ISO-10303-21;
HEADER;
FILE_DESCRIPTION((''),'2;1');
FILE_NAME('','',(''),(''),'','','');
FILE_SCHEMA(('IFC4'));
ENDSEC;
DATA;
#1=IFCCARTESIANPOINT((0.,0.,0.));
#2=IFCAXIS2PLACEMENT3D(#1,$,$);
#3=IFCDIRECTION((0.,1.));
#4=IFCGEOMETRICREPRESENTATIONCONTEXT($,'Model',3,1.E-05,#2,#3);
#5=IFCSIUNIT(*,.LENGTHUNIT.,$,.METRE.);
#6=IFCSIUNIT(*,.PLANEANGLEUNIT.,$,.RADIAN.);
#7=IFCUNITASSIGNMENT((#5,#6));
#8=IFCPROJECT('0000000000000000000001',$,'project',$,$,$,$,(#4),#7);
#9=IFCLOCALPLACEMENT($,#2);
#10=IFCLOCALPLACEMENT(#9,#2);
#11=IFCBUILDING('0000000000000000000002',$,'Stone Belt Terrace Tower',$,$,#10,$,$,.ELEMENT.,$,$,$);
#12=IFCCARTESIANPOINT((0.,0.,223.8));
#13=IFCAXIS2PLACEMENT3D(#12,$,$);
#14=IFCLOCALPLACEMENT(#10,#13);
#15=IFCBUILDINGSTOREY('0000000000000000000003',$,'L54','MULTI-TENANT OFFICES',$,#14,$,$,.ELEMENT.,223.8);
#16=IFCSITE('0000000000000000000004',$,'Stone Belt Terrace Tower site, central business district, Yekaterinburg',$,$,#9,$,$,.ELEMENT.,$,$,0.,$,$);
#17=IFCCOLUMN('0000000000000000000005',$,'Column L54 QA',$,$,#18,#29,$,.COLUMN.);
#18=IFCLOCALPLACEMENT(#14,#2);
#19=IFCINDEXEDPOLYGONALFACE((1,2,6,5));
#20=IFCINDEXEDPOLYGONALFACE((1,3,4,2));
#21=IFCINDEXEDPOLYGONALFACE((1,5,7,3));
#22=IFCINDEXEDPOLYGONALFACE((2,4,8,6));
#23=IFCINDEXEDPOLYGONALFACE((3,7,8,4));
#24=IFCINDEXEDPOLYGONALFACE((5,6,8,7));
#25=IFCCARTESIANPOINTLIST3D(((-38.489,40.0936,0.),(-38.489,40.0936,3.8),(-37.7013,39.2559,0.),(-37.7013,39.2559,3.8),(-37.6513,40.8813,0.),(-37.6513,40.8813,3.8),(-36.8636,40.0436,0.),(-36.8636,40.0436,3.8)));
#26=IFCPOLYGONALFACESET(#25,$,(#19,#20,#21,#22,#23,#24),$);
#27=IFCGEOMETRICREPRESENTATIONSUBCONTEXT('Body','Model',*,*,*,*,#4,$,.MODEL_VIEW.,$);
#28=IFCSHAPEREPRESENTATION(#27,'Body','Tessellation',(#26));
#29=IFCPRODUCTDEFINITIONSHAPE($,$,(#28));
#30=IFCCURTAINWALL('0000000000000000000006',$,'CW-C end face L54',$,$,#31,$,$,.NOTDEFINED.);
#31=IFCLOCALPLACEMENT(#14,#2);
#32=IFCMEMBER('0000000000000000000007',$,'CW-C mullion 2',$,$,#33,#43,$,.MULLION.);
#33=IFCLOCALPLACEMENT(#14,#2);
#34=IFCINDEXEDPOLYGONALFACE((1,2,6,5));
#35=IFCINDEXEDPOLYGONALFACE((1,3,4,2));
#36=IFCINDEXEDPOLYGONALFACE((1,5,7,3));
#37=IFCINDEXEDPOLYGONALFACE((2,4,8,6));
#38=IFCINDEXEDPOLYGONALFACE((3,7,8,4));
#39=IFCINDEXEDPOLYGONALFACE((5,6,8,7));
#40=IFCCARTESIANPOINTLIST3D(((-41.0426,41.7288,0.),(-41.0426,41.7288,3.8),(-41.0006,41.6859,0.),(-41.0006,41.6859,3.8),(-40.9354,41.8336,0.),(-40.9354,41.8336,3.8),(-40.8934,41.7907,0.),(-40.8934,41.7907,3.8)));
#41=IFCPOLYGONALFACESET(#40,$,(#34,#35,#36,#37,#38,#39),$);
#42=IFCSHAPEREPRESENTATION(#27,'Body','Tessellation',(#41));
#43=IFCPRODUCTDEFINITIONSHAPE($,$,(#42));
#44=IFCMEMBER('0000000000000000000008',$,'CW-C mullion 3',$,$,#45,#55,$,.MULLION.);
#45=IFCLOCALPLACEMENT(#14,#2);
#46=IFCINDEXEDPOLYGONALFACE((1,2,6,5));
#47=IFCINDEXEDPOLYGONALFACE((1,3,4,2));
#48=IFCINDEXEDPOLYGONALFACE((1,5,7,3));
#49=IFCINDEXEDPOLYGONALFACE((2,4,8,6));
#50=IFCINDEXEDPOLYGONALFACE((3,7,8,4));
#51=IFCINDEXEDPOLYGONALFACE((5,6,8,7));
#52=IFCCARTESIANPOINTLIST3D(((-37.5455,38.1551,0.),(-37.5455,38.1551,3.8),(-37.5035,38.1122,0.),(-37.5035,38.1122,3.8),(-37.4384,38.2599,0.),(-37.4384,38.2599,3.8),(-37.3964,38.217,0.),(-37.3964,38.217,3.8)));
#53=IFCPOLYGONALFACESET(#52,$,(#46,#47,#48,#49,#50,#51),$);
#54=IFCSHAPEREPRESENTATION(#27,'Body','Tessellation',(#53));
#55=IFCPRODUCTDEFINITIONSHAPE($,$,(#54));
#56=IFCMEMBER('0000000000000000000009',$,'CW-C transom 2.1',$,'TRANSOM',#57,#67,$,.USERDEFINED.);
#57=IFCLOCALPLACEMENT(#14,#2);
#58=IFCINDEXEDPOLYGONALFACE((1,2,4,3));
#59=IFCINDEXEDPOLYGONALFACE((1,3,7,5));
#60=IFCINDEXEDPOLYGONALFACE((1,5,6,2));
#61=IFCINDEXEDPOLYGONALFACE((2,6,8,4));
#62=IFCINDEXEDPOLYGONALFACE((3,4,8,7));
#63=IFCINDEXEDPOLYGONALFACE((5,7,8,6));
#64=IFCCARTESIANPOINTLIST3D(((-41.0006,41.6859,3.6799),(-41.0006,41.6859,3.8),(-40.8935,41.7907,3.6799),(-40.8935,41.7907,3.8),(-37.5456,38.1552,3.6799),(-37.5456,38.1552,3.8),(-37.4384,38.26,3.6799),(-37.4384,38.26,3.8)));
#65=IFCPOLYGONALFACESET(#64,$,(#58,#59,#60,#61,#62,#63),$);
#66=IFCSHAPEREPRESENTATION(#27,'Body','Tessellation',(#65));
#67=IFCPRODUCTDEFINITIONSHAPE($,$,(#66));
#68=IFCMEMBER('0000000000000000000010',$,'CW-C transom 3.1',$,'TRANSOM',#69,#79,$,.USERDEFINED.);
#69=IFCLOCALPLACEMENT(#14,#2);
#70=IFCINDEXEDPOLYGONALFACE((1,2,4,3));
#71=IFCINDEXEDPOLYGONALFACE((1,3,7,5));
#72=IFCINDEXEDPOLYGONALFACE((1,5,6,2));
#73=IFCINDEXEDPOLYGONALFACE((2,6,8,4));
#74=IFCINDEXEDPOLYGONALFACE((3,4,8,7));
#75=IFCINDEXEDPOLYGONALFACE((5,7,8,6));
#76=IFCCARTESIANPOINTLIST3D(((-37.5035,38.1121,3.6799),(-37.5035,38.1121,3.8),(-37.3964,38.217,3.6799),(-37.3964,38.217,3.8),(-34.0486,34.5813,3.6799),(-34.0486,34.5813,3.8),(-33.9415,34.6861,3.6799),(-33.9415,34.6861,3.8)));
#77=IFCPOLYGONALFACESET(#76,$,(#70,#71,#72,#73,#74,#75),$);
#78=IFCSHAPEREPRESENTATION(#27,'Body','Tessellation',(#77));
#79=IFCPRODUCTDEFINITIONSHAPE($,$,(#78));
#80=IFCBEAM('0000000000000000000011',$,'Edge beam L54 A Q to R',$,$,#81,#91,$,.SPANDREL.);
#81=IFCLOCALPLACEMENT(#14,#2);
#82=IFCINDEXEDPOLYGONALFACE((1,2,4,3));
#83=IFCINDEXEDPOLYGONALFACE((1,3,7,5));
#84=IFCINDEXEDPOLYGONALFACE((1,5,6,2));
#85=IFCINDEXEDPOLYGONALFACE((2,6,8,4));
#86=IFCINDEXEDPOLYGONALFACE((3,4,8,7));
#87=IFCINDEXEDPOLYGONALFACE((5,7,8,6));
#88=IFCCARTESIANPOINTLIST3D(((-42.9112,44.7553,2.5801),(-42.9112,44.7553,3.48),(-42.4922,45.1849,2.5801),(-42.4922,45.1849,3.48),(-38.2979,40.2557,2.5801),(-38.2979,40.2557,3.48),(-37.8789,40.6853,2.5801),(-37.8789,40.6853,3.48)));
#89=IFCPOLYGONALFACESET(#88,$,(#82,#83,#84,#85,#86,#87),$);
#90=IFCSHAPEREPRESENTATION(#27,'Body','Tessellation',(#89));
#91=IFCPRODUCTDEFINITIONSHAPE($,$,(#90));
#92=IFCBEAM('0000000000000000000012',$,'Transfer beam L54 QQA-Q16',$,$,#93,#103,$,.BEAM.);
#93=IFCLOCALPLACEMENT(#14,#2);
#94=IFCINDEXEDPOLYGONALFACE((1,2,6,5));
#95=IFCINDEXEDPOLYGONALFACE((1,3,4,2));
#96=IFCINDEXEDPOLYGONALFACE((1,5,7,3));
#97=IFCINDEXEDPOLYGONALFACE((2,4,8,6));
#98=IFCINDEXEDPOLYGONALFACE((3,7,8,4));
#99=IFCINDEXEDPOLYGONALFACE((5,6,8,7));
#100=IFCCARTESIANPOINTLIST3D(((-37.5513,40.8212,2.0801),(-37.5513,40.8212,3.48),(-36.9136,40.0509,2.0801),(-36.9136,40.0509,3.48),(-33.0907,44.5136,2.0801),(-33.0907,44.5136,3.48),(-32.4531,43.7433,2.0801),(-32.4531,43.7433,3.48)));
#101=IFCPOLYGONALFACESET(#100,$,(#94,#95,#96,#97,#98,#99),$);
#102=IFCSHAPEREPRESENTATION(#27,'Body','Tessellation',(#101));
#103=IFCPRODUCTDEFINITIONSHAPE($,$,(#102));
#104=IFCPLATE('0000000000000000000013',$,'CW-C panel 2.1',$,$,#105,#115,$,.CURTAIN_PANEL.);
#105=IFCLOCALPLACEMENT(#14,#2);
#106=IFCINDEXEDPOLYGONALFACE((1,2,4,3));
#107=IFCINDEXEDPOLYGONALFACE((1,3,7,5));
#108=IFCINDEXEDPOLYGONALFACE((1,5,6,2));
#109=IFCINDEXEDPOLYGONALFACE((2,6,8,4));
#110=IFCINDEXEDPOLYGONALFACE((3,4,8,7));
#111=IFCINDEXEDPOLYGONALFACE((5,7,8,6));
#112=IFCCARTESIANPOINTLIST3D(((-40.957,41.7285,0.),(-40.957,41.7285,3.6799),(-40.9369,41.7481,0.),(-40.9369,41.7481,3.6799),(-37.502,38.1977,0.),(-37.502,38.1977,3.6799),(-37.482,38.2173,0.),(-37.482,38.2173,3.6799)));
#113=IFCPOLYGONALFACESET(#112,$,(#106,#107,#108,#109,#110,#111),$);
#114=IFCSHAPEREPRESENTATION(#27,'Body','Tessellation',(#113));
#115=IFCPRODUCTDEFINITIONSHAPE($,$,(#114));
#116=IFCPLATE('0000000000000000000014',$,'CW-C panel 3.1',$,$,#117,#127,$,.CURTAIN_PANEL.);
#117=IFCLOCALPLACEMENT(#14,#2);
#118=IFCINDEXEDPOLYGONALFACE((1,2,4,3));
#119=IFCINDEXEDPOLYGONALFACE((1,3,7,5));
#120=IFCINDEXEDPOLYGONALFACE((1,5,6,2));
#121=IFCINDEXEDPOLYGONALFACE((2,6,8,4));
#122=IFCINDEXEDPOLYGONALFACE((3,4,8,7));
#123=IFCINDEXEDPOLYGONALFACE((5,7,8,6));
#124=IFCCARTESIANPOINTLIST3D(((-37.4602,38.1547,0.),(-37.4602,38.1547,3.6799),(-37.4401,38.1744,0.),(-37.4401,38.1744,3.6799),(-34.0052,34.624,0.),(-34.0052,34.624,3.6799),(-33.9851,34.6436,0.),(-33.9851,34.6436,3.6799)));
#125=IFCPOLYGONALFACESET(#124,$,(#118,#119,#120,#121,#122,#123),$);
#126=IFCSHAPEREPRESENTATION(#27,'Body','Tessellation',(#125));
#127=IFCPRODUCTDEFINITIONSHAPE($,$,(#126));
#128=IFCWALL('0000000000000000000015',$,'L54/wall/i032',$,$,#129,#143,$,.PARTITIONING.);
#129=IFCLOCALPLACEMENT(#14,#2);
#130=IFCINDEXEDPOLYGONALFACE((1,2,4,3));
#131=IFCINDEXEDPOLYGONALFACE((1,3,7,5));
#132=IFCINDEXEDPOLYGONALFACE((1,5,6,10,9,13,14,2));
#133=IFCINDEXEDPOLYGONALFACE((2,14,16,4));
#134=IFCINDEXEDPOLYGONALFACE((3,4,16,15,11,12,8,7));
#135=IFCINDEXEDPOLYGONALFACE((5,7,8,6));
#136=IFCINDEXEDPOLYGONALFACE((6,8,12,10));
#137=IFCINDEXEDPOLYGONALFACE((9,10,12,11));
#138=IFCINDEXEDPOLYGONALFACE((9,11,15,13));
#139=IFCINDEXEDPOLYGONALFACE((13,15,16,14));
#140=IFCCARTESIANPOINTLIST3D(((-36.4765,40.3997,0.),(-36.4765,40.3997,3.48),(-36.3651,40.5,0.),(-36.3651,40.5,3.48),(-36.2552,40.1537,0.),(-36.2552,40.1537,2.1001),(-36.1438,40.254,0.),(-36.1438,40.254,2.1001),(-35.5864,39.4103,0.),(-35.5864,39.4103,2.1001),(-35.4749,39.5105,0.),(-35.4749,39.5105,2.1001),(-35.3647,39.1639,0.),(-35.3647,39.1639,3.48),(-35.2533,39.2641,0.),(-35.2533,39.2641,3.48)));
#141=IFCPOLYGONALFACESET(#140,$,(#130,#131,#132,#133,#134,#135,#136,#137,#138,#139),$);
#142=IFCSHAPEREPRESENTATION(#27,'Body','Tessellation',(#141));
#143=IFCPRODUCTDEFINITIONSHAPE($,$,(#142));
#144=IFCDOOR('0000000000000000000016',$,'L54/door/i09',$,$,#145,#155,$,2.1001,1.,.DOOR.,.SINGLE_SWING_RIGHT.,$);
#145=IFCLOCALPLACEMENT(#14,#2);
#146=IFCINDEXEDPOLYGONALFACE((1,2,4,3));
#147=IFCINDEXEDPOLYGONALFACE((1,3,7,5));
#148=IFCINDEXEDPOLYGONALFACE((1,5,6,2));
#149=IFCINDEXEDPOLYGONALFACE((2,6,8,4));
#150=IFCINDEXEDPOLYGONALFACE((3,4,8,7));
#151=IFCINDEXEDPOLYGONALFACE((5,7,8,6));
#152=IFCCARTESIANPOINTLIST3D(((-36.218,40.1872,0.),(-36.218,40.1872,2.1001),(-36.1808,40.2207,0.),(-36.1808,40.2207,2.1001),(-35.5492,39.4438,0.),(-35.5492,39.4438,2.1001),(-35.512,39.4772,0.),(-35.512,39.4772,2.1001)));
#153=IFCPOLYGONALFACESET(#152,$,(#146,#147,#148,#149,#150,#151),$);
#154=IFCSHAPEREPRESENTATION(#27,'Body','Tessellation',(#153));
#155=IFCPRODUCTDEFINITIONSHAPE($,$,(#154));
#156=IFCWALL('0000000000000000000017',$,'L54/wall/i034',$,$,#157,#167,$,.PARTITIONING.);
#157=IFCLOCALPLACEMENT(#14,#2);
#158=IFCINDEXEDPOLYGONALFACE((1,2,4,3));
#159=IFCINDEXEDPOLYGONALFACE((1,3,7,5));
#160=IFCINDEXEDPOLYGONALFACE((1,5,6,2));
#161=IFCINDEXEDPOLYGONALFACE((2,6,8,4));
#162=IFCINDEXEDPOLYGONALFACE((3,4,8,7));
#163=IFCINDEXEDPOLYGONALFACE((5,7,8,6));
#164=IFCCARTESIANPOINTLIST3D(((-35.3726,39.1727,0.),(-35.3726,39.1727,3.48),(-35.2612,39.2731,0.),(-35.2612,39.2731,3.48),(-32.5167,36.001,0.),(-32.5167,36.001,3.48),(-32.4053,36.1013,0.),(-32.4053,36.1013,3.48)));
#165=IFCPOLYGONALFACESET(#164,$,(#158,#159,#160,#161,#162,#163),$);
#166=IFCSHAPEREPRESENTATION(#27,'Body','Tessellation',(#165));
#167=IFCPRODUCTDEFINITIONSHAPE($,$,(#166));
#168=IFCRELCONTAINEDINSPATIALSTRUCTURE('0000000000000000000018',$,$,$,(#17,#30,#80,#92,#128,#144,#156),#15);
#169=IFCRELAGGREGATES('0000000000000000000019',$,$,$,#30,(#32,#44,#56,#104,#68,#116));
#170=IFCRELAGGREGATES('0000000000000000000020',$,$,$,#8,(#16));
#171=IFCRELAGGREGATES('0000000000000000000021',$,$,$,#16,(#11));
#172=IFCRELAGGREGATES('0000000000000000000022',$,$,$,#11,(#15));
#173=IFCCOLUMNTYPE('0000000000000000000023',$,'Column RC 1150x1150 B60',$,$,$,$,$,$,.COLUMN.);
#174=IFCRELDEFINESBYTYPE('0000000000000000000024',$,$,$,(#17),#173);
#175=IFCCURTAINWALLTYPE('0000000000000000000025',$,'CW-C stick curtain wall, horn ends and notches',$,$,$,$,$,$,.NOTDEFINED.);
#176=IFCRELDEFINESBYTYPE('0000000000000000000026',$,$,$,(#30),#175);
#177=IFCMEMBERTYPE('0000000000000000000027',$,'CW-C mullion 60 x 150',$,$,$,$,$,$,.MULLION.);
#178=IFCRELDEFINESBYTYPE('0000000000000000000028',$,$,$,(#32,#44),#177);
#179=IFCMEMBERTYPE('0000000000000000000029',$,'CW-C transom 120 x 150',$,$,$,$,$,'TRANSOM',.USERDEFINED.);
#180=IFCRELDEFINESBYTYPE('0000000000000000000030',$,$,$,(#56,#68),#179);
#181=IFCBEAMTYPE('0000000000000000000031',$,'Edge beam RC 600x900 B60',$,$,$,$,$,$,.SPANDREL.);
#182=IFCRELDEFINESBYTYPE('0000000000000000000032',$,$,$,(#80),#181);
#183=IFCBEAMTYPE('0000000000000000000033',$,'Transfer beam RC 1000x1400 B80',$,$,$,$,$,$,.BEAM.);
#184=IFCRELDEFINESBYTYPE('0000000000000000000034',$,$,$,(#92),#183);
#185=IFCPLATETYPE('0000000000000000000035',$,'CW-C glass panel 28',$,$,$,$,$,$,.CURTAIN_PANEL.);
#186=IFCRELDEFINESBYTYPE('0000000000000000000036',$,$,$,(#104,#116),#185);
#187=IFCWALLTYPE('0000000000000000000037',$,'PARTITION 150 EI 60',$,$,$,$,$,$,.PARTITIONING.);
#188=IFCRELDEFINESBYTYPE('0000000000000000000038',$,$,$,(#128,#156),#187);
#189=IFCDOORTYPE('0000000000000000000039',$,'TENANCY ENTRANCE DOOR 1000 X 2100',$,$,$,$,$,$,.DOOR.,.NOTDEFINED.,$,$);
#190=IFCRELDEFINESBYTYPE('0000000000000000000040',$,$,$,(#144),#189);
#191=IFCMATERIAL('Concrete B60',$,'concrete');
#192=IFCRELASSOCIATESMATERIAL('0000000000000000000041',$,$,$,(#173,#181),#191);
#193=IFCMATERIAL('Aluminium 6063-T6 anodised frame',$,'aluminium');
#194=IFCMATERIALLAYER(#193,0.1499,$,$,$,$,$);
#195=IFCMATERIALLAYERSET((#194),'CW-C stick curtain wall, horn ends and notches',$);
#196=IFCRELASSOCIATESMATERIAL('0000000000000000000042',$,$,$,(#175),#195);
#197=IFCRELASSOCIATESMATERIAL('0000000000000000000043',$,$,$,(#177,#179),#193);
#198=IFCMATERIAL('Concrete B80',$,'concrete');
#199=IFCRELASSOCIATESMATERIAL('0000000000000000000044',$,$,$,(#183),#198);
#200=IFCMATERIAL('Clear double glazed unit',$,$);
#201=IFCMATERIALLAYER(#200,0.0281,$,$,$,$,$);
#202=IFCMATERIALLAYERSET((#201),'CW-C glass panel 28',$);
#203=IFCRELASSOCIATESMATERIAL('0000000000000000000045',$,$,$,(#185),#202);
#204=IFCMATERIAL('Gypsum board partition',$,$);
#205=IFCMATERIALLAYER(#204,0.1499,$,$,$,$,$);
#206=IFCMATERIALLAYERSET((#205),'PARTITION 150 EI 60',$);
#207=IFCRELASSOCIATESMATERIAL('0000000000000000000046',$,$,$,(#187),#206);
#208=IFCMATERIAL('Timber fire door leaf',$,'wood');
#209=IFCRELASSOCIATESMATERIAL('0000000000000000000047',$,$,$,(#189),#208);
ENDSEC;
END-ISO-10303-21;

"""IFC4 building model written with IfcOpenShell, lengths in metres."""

from ifc_helpers import new_model, si_unit, direction, frame, frame_2d, origin, origin_2d, place, context, subcontext, project, spatial, rectangle, extrude, material, layer, layer_set, material_profile, profile_set, type_object, element, fill, aggregate, save


model = new_model("IFC4")

# Units and contexts
model_context = context("Model", 3, precision=1e-05, world=origin(), true_north=direction((0.0, 1.0)))
body_context = subcontext(model_context, "Body", "Model", "MODEL_VIEW")
ifc_project = project(units=[si_unit("LENGTHUNIT", "METRE"), si_unit("PLANEANGLEUNIT", "RADIAN")], contexts=[model_context])

# Site, building, storey
site_placement = place(None, origin())
site = spatial("IfcSite", under=ifc_project, at=site_placement, Name="Stone Belt Terrace Tower site, central business district, Yekaterinburg", CompositionType="ELEMENT", RefElevation=0.0)
building_placement = place(site_placement, origin())
building = spatial("IfcBuilding", under=site, at=building_placement, Name="Stone Belt Terrace Tower", CompositionType="ELEMENT")
storey_placement = place(building_placement, frame((0.0, 0.0, 223.8)))
storey = spatial("IfcBuildingStorey", under=building, at=storey_placement, Name="L54", Description="MULTI-TENANT OFFICES", CompositionType="ELEMENT", Elevation=223.8)

# Column
ifc_material_1 = material(Name="Concrete B60", Category="concrete")
ifc_material_profile_1 = material_profile(ifc_material_1, rectangle(XDim=1.1499, YDim=1.1499, at=origin_2d()), Name="RC 1150x1150")
ifc_profile_set_1 = profile_set([ifc_material_profile_1], Name="Concrete B60")
column_type = type_object("IfcColumnType", Name="Column RC 1150x1150 B60", PredefinedType="COLUMN", material=ifc_profile_set_1)
column_placement = place(storey_placement, frame((-37.6763, 40.0686, 0.0), z_axis=(0.0, 0.0, 1.0), x_axis=(0.72852, 0.685024, 0.0)))
element("IfcColumn", 1, at=column_placement, inside=storey, type_object=column_type, Name="Column L54 QA", PredefinedType="COLUMN", context=body_context, shape_type="SweptSolid", body=[
    extrude(rectangle(XDim=1.1499, YDim=1.1499, at=origin_2d()), origin(), (0.0, 0.0, 1.0), 3.8),
])

# Curtain wall, members
ifc_material_2 = material(Name="Aluminium 6063-T6 anodised frame", Category="aluminium")
ifc_layer_1 = layer(ifc_material_2, 0.1499)
ifc_layer_set_1 = layer_set([ifc_layer_1], Name="CW-C stick curtain wall, horn ends and notches")
curtain_wall_type = type_object("IfcCurtainWallType", Name="CW-C stick curtain wall, horn ends and notches", PredefinedType="NOTDEFINED", material=ifc_layer_set_1)
curtain_wall_placement = place(storey_placement, origin())
curtain_wall = element("IfcCurtainWall", 2, at=curtain_wall_placement, inside=storey, type_object=curtain_wall_type, Name="CW-C end face L54", PredefinedType="NOTDEFINED")
ifc_material_profile_2 = material_profile(ifc_material_2, rectangle(XDim=0.1499, YDim=0.0601, at=origin_2d()), Name="Aluminium 6063-T6 60x150")
ifc_profile_set_2 = profile_set([ifc_material_profile_2], Name="Aluminium 6063-T6 anodised frame")
member_type_1 = type_object("IfcMemberType", Name="CW-C mullion 60 x 150", PredefinedType="MULLION", material=ifc_profile_set_2)
member_1_placement = place(storey_placement, frame((-40.968, 41.7598, 0.0), z_axis=(0.0, 0.0, 1.0), x_axis=(0.714739, 0.699391, 0.0)))
member_1 = element("IfcMember", 3, at=member_1_placement, type_object=member_type_1, Name="CW-C mullion 2", PredefinedType="MULLION", context=body_context, shape_type="SweptSolid", body=[
    extrude(rectangle(XDim=0.1499, YDim=0.0601, at=origin_2d()), origin(), (0.0, 0.0, 1.0), 3.8),
])
member_2_placement = place(storey_placement, frame((-37.4709, 38.186, 0.0), z_axis=(0.0, 0.0, 1.0), x_axis=(0.714739, 0.699391, 0.0)))
member_2 = element("IfcMember", 4, at=member_2_placement, type_object=member_type_1, Name="CW-C mullion 3", PredefinedType="MULLION", context=body_context, shape_type="SweptSolid", body=[
    extrude(rectangle(XDim=0.1499, YDim=0.0601, at=origin_2d()), origin(), (0.0, 0.0, 1.0), 3.8),
])
ifc_material_profile_3 = material_profile(ifc_material_2, rectangle(XDim=0.1499, YDim=0.1201, at=origin_2d()), Name="Aluminium 6063-T6 150x120")
ifc_profile_set_3 = profile_set([ifc_material_profile_3], Name="Aluminium 6063-T6 anodised frame")
member_type_2 = type_object("IfcMemberType", Name="CW-C transom 120 x 150", ElementType="TRANSOM", PredefinedType="USERDEFINED", material=ifc_profile_set_3)
member_3_placement = place(storey_placement, frame((-40.947, 41.7383, 3.74), z_axis=(0.699405, -0.714726, 0.0), x_axis=(0.714726, 0.699405, 0.0)))
member_3 = element("IfcMember", 5, at=member_3_placement, type_object=member_type_2, Name="CW-C transom 2.1", ObjectType="TRANSOM", PredefinedType="USERDEFINED", context=body_context, shape_type="SweptSolid", body=[
    extrude(rectangle(XDim=0.1499, YDim=0.1201, at=origin_2d()), origin(), (0.0, 0.0, 1.0), 4.9399),
])
member_4_placement = place(storey_placement, frame((-37.45, 38.1646, 3.74), z_axis=(0.69938, -0.71475, 0.0), x_axis=(0.71475, 0.69938, 0.0)))
member_4 = element("IfcMember", 6, at=member_4_placement, type_object=member_type_2, Name="CW-C transom 3.1", ObjectType="TRANSOM", PredefinedType="USERDEFINED", context=body_context, shape_type="SweptSolid", body=[
    extrude(rectangle(XDim=0.1499, YDim=0.1201, at=origin_2d()), origin(), (0.0, 0.0, 1.0), 4.9399),
])

# Beams
ifc_material_profile_4 = material_profile(ifc_material_1, rectangle(XDim=0.6001, YDim=0.8999, at=origin_2d()), Name="RC 600x900")
ifc_profile_set_4 = profile_set([ifc_material_profile_4], Name="Concrete B60")
beam_type_1 = type_object("IfcBeamType", Name="Edge beam RC 600x900 B60", PredefinedType="SPANDREL", material=ifc_profile_set_4)
beam_1_placement = place(storey_placement, frame((-38.0884, 40.4705, 3.03), z_axis=(-0.715879, 0.698224, 0.0), x_axis=(-0.698224, -0.715879, 0.0)))
element("IfcBeam", 7, at=beam_1_placement, inside=storey, type_object=beam_type_1, Name="Edge beam L54 A Q to R", PredefinedType="SPANDREL", context=body_context, shape_type="SweptSolid", body=[
    extrude(rectangle(XDim=0.6001, YDim=0.8999, at=origin_2d()), origin(), (0.0, 0.0, 1.0), 6.4443),
])
ifc_material_3 = material(Name="Concrete B80", Category="concrete")
ifc_material_profile_5 = material_profile(ifc_material_3, rectangle(XDim=1.0, YDim=1.3999, at=origin_2d()), Name="RC 1000x1400")
ifc_profile_set_5 = profile_set([ifc_material_profile_5], Name="Concrete B80")
beam_type_2 = type_object("IfcBeamType", Name="Transfer beam RC 1000x1400 B80", PredefinedType="BEAM", material=ifc_profile_set_5)
beam_2_placement = place(storey_placement, frame((-37.2324, 40.436, 2.78), z_axis=(0.770311, 0.637668, 0.0), x_axis=(-0.637668, 0.770311, 0.0)))
element("IfcBeam", 8, at=beam_2_placement, inside=storey, type_object=beam_type_2, Name="Transfer beam L54 QQA-Q16", PredefinedType="BEAM", context=body_context, shape_type="SweptSolid", body=[
    extrude(rectangle(XDim=1.0, YDim=1.3999, at=origin_2d()), origin(), (0.0, 0.0, 1.0), 5.7905),
])

# Plates
ifc_material_4 = material(Name="Clear double glazed unit")
ifc_layer_2 = layer(ifc_material_4, 0.0281)
ifc_layer_set_2 = layer_set([ifc_layer_2], Name="CW-C glass panel 28")
plate_type = type_object("IfcPlateType", Name="CW-C glass panel 28", PredefinedType="CURTAIN_PANEL", material=ifc_layer_set_2)
plate_1_placement = place(storey_placement, frame((-39.2195, 39.9729, 0.0), z_axis=(0.0, 0.0, 1.0), x_axis=(0.699391, -0.714739, 0.0)))
plate_1 = element("IfcPlate", 9, at=plate_1_placement, type_object=plate_type, Name="CW-C panel 2.1", PredefinedType="CURTAIN_PANEL", context=body_context, shape_type="SweptSolid", body=[
    extrude(rectangle(XDim=4.9399, YDim=0.0281, at=origin_2d()), origin(), (0.0, 0.0, 1.0), 3.6799),
])
plate_2_placement = place(storey_placement, frame((-35.7227, 36.3992, 0.0), z_axis=(0.0, 0.0, 1.0), x_axis=(0.699391, -0.714739, 0.0)))
plate_2 = element("IfcPlate", 10, at=plate_2_placement, type_object=plate_type, Name="CW-C panel 3.1", PredefinedType="CURTAIN_PANEL", context=body_context, shape_type="SweptSolid", body=[
    extrude(rectangle(XDim=4.9399, YDim=0.0281, at=origin_2d()), origin(), (0.0, 0.0, 1.0), 3.6799),
])
aggregate(curtain_wall, [member_1, member_2, member_3, plate_1, member_4, plate_2])

# Wall, opening, door
ifc_material_5 = material(Name="Gypsum board partition")
ifc_layer_3 = layer(ifc_material_5, 0.1499)
ifc_layer_set_3 = layer_set([ifc_layer_3], Name="PARTITION 150 EI 60")
wall_type = type_object("IfcWallType", Name="PARTITION 150 EI 60", PredefinedType="PARTITIONING", material=ifc_layer_set_3)
wall_1_placement = place(storey_placement, frame((-35.3091, 39.2141, 0.0), z_axis=(0.0, 0.0, 1.0), x_axis=(-0.668819, 0.743426, 0.0)))
wall_1 = element("IfcWall", 11, at=wall_1_placement, inside=storey, type_object=wall_type, Name="L54/wall/i032", PredefinedType="PARTITIONING", context=body_context, shape_type="SweptSolid", body=[
    extrude(rectangle(XDim=1.6624, YDim=0.1499, at=frame_2d((0.8311, 0.0))), origin(), (0.0, 0.0, 1.0), 3.48),
])
opening_1_placement = place(wall_1_placement, frame((0.3313, 0.0, 0.0)))
opening_1 = element("IfcOpeningElement", 12, at=opening_1_placement, cuts=wall_1, PredefinedType="OPENING", context=body_context, shape_type="SweptSolid", body=[
    extrude(rectangle(XDim=1.0, YDim=2.1001, at=frame_2d((0.5, 1.05))), frame((0.0, 0.085, 0.0), z_axis=(0.0, -1.0, 0.0), x_axis=(1.0, 0.0, 0.0)), (0.0, 0.0, 1.0), 0.1699),
])
ifc_material_6 = material(Name="Timber fire door leaf", Category="wood")
door_type_1 = type_object("IfcDoorType", Name="TENANCY ENTRANCE DOOR 1000 X 2100", OperationType="NOTDEFINED", PredefinedType="DOOR", material=ifc_material_6)
door_1_placement = place(opening_1_placement, origin())
door_1 = element("IfcDoor", 13, at=door_1_placement, inside=storey, type_object=door_type_1, Name="L54/door/i09", OperationType="SINGLE_SWING_RIGHT", OverallHeight=2.1001, OverallWidth=1.0, PredefinedType="DOOR", context=body_context, shape_type="SweptSolid", body=[
    extrude(rectangle(XDim=1.0, YDim=2.1001, at=frame_2d((0.5, 1.05))), frame((0.0, 0.0249, 0.0), z_axis=(0.0, -1.0, 0.0), x_axis=(1.0, 0.0, 0.0)), (0.0, 0.0, 1.0), 0.05),
])
fill(opening_1, door_1)

# Wall
wall_2_placement = place(storey_placement, frame((-35.3169, 39.2229, 0.0), z_axis=(0.0, 0.0, 1.0), x_axis=(0.669129, -0.743146, 0.0)))
element("IfcWall", 14, at=wall_2_placement, inside=storey, type_object=wall_type, Name="L54/wall/i034", PredefinedType="PARTITIONING", context=body_context, shape_type="SweptSolid", body=[
    extrude(rectangle(XDim=4.2681, YDim=0.1499, at=frame_2d((2.134, 0.0))), origin(), (0.0, 0.0, 1.0), 3.48),
])

save(model, "model.ifc")
